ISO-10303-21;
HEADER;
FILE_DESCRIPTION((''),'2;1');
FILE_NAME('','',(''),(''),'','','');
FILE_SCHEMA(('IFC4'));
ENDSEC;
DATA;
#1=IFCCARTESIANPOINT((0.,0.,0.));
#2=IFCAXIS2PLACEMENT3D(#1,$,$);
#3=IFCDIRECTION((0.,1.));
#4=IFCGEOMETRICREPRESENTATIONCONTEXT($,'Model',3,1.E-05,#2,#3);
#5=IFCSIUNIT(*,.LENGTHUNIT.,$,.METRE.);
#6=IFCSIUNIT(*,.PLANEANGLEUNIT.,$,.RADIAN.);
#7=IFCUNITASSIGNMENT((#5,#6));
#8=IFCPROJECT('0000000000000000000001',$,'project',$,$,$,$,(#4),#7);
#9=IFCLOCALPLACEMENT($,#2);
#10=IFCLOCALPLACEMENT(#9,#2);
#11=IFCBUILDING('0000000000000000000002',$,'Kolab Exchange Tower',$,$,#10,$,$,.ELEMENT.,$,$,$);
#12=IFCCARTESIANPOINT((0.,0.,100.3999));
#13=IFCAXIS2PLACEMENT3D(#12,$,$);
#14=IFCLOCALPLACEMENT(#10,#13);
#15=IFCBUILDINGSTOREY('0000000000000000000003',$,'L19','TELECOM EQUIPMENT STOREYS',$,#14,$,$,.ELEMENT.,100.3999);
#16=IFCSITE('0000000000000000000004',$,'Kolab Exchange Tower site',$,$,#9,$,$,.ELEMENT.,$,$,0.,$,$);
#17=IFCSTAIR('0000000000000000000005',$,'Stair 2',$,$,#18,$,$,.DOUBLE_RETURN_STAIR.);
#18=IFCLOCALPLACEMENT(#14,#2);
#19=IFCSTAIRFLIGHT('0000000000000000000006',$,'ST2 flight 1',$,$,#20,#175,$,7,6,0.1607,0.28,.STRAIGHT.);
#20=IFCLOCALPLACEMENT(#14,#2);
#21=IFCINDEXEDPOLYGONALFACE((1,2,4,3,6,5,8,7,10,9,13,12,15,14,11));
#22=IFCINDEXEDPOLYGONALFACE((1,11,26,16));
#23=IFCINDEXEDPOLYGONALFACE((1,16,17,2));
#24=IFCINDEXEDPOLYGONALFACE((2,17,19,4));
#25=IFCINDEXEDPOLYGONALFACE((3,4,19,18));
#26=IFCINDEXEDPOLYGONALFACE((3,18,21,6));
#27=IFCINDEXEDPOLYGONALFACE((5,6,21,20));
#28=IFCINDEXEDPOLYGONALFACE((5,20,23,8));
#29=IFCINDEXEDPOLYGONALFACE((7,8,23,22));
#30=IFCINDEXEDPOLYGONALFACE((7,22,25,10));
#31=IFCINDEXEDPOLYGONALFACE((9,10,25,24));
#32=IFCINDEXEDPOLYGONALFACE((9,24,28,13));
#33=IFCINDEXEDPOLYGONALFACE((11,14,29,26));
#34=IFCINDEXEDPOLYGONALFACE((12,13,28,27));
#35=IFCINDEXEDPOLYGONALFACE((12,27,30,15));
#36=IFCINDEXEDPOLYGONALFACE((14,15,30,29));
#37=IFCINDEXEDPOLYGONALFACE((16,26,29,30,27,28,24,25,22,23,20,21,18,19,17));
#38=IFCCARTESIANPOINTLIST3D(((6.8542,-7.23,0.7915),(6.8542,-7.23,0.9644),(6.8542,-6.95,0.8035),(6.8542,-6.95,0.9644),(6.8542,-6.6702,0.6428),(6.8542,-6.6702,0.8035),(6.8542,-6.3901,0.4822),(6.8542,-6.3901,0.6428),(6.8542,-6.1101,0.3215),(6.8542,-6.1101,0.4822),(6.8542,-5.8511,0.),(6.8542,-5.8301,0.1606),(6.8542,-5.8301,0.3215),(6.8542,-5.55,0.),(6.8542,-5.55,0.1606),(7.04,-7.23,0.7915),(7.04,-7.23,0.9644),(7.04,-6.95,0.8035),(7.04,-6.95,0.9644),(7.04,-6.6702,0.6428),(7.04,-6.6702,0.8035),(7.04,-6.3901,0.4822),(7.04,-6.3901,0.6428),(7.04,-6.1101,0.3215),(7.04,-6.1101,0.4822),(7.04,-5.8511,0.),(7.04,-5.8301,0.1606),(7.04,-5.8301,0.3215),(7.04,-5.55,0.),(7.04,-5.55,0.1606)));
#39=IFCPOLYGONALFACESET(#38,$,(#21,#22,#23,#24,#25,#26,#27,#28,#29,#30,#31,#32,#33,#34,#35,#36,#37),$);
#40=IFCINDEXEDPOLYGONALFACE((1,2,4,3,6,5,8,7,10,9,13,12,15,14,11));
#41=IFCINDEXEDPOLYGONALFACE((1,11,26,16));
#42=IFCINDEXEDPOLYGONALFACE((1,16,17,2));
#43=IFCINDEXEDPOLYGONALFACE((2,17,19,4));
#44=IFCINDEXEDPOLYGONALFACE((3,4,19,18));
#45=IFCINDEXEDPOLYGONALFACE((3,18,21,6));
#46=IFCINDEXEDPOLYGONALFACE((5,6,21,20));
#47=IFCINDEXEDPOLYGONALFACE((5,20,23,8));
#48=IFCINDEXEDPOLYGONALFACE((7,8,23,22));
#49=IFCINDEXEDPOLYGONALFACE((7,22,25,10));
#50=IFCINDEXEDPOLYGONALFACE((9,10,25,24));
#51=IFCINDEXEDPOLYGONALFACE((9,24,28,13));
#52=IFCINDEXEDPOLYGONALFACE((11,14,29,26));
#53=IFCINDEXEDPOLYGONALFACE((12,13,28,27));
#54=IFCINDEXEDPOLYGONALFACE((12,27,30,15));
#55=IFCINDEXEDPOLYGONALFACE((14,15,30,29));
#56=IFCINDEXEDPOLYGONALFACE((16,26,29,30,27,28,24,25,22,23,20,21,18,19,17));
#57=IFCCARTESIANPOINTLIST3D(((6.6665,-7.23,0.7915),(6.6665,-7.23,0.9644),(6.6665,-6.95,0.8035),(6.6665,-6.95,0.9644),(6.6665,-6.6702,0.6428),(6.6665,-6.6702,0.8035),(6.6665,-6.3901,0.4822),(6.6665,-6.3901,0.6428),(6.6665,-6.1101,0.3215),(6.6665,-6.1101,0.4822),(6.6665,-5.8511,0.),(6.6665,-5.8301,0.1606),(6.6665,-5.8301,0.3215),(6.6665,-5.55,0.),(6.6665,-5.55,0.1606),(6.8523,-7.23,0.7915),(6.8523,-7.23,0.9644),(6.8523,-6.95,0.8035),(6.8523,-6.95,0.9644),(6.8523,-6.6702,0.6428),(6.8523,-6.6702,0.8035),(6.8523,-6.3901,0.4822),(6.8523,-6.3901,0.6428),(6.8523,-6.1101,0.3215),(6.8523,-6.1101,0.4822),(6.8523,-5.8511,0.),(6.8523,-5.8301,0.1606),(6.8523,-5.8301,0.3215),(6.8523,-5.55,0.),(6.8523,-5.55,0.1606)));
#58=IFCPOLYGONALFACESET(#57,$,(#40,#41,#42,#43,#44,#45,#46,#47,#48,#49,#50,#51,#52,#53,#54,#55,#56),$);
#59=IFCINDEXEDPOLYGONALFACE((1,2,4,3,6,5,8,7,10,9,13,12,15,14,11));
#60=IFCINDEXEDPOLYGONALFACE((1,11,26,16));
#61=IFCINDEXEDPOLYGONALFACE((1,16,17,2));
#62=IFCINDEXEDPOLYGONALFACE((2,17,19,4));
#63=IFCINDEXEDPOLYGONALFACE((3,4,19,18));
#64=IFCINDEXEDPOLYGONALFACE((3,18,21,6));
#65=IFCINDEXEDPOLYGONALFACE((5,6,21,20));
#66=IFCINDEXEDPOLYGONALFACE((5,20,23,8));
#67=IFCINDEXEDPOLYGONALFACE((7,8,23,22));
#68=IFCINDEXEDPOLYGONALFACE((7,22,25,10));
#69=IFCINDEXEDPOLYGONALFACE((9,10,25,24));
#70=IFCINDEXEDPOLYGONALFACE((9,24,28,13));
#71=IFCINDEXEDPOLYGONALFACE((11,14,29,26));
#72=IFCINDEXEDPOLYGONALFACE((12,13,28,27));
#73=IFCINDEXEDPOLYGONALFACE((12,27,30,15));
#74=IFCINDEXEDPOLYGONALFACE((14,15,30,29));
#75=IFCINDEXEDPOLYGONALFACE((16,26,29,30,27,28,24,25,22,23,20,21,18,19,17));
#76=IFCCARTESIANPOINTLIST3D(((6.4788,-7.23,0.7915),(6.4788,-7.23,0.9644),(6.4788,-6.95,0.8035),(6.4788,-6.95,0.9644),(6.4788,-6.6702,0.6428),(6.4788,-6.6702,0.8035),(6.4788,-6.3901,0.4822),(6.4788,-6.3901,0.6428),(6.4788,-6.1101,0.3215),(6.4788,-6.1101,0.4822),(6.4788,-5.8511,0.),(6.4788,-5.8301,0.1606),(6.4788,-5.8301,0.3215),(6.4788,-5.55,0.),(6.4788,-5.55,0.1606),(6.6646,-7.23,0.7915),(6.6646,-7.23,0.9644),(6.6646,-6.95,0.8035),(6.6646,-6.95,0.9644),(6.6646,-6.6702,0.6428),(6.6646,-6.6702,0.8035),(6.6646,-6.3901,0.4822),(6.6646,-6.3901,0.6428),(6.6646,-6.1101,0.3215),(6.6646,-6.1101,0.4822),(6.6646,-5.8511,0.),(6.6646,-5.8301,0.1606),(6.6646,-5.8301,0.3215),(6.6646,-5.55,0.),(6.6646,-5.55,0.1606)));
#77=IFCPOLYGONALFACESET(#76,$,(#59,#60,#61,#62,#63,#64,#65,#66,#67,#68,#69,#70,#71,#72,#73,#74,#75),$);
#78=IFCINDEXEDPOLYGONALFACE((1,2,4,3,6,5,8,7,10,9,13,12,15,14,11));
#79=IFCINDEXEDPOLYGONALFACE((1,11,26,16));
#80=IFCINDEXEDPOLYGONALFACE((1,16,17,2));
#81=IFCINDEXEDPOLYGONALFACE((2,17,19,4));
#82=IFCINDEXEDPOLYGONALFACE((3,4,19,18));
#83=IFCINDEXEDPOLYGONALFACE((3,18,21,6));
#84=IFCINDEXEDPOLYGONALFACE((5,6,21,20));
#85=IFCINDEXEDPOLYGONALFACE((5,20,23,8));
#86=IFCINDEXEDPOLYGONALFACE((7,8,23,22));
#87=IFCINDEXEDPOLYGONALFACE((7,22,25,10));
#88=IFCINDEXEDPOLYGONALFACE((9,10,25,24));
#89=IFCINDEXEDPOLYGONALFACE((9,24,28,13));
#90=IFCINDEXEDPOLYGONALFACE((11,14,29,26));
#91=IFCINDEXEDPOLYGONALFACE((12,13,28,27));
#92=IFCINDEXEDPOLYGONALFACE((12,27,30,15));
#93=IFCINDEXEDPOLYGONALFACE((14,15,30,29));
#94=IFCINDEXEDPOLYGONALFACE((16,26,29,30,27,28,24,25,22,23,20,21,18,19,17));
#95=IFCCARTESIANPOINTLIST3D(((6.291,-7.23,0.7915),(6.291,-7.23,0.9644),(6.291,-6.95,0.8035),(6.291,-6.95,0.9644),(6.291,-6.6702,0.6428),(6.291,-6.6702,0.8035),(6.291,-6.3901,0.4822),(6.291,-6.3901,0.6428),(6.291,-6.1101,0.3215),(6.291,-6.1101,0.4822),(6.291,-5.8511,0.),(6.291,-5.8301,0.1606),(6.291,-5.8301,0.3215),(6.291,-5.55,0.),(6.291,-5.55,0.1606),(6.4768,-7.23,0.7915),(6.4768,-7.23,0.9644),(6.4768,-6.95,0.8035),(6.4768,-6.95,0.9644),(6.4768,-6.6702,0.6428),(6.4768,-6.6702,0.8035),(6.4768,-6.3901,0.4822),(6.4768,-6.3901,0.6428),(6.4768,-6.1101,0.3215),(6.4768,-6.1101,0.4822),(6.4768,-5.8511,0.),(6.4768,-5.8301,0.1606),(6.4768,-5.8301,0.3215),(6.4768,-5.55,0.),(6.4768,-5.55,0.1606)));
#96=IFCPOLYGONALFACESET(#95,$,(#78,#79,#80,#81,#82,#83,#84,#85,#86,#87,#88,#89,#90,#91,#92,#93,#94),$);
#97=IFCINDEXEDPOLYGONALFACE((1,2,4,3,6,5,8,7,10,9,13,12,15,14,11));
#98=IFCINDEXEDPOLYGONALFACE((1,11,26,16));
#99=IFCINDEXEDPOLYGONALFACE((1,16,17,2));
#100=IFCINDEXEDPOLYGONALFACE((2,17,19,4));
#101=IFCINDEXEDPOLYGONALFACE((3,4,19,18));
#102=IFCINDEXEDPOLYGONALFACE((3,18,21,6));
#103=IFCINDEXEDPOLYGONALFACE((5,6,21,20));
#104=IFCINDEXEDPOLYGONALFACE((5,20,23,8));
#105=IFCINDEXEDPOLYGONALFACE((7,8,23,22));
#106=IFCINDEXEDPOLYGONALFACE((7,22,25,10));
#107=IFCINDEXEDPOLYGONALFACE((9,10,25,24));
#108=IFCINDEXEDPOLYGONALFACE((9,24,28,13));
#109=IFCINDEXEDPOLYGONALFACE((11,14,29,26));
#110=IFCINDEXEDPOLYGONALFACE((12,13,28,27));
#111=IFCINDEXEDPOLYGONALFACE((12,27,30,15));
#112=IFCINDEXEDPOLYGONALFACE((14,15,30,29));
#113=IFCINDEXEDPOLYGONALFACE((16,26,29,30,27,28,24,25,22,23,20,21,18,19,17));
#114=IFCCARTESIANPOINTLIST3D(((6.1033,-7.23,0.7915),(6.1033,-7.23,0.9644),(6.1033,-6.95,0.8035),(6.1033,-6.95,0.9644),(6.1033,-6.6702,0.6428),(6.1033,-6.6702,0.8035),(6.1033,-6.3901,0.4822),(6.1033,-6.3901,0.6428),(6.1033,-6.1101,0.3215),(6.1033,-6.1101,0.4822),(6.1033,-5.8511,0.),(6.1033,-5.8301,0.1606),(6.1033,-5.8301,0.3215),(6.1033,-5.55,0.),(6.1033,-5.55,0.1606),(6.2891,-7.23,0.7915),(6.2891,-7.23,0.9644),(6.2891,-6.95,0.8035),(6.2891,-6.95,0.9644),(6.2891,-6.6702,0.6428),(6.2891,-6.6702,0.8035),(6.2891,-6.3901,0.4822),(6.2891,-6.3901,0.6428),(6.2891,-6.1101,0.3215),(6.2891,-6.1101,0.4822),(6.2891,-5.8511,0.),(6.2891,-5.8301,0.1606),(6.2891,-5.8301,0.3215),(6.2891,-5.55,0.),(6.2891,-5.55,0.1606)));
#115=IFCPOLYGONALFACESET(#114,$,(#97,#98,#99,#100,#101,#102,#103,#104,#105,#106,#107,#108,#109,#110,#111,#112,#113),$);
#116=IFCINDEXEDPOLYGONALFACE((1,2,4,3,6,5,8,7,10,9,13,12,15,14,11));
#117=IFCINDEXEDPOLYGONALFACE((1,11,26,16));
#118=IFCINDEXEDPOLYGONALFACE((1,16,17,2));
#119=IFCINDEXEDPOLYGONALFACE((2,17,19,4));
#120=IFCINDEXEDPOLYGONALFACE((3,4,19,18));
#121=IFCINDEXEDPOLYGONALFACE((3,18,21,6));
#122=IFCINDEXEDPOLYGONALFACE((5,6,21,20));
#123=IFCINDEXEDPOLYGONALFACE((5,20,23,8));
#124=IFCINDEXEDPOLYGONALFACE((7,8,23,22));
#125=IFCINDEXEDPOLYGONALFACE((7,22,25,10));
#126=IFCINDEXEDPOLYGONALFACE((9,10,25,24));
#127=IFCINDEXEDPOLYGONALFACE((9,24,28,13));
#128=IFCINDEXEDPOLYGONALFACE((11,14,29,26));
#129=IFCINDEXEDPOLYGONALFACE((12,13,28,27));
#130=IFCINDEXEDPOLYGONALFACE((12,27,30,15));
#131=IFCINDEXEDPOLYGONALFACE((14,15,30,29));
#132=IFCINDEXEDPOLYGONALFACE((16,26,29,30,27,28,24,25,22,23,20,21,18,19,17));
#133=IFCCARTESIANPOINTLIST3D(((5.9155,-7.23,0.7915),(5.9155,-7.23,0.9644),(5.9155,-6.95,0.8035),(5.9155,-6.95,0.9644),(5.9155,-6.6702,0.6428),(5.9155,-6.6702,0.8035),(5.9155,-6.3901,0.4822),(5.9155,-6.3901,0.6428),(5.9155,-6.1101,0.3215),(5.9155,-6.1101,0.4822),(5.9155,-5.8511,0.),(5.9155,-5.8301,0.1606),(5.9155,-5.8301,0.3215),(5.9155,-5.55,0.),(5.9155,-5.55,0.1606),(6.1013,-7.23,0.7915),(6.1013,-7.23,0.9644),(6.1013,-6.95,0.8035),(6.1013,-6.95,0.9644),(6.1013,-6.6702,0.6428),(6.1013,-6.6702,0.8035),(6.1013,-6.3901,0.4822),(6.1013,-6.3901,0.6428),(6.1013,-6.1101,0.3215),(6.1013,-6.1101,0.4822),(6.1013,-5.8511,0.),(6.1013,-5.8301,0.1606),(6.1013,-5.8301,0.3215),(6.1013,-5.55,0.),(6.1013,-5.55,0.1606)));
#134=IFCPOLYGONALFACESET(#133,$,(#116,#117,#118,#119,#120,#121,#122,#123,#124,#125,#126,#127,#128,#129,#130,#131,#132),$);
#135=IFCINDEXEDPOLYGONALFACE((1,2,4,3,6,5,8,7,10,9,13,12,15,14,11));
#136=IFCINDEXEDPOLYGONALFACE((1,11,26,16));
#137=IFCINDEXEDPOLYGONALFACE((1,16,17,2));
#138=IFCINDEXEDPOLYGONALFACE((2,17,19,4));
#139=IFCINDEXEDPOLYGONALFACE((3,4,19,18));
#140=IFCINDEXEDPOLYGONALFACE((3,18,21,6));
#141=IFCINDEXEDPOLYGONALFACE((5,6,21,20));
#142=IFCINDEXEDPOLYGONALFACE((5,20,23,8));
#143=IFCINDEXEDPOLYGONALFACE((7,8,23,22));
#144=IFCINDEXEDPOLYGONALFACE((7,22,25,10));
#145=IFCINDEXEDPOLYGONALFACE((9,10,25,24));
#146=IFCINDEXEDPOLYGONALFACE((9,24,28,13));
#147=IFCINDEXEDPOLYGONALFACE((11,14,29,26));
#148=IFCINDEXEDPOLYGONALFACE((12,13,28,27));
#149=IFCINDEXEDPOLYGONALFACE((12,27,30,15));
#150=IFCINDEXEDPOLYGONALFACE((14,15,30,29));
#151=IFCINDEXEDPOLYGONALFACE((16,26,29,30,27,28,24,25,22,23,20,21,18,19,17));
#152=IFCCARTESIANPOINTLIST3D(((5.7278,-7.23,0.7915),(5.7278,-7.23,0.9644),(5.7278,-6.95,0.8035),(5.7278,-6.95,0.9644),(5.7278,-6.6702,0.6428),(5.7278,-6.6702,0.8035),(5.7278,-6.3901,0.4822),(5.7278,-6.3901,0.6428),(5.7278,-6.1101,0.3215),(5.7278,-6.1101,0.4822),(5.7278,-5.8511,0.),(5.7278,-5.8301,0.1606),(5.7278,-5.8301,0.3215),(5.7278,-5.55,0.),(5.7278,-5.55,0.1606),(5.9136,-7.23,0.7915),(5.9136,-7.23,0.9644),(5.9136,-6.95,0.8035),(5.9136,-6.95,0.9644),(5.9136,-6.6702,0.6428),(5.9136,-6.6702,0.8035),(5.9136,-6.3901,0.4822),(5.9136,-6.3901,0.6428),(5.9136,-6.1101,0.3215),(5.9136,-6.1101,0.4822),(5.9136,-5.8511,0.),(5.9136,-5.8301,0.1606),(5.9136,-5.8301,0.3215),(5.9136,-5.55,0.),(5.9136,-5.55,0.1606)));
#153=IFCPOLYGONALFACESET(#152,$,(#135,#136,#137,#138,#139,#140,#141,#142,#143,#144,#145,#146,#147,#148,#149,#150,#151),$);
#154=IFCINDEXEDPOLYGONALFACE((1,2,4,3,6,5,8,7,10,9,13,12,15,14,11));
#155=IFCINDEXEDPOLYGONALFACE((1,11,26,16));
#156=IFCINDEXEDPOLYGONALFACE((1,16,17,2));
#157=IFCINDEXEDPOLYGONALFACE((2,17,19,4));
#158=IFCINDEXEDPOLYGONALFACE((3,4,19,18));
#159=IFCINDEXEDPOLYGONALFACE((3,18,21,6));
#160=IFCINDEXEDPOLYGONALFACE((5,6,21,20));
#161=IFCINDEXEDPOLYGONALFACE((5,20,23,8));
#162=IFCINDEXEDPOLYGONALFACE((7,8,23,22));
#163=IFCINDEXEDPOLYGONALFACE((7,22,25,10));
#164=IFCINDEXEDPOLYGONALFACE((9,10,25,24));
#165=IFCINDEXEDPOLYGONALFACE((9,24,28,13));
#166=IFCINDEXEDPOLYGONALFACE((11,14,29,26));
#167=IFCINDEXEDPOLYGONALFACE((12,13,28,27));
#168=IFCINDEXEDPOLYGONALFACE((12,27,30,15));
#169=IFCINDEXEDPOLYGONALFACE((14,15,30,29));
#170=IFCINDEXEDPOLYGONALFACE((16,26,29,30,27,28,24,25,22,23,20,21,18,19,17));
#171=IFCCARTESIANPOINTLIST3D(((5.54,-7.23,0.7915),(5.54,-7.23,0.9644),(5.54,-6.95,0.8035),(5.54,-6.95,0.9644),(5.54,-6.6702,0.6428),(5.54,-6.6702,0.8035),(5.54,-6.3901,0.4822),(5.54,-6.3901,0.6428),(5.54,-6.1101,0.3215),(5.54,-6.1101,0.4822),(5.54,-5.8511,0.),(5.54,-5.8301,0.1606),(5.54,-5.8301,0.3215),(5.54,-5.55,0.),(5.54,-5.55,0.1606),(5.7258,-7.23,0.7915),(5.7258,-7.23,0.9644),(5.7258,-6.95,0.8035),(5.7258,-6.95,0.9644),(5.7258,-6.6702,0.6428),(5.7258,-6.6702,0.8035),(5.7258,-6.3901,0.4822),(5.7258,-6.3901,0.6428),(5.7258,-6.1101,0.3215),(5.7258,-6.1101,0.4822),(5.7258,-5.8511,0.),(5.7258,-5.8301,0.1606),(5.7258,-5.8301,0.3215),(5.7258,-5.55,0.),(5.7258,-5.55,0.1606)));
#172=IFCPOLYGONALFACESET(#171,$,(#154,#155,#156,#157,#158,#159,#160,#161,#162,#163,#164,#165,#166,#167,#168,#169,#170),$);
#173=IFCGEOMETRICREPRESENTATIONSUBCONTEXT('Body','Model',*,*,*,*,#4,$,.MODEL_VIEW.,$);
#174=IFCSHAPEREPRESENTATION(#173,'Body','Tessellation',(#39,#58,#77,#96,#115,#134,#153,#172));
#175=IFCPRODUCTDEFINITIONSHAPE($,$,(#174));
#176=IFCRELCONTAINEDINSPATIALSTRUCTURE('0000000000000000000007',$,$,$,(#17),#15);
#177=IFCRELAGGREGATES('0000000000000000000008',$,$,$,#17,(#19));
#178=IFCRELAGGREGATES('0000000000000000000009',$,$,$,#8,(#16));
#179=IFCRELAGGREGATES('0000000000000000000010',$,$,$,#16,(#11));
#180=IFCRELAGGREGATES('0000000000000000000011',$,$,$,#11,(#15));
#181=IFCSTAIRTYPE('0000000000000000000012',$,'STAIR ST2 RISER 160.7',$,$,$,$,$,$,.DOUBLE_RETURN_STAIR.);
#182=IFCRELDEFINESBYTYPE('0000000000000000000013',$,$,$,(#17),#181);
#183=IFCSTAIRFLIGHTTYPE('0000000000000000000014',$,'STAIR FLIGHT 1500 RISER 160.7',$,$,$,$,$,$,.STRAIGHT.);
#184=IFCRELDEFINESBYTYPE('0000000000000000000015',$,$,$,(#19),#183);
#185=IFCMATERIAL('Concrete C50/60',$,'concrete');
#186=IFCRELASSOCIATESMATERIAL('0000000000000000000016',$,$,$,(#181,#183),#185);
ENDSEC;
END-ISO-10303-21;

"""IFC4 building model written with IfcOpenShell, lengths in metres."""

from ifc_helpers import new_model, si_unit, direction, frame, origin, place, context, subcontext, project, spatial, polyline, outline, extrude, material, type_object, element, aggregate, save


model = new_model("IFC4")

# Units and contexts
model_context = context("Model", 3, precision=1e-05, world=origin(), true_north=direction((0.0, 1.0)))
body_context = subcontext(model_context, "Body", "Model", "MODEL_VIEW")
ifc_project = project(units=[si_unit("LENGTHUNIT", "METRE"), si_unit("PLANEANGLEUNIT", "RADIAN")], contexts=[model_context])

# Site, building, storey
site_placement = place(None, origin())
site = spatial("IfcSite", under=ifc_project, at=site_placement, Name="Kolab Exchange Tower site", CompositionType="ELEMENT", RefElevation=0.0)
building_placement = place(site_placement, origin())
building = spatial("IfcBuilding", under=site, at=building_placement, Name="Kolab Exchange Tower", CompositionType="ELEMENT")
storey_placement = place(building_placement, frame((0.0, 0.0, 100.3999)))
storey = spatial("IfcBuildingStorey", under=building, at=storey_placement, Name="L19", Description="TELECOM EQUIPMENT STOREYS", CompositionType="ELEMENT", Elevation=100.3999)

# Shared definitions
ifc_material_1 = material(Name="Concrete C50/60", Category="concrete")

# Stair, stair flight
stair_type = type_object("IfcStairType", Name="STAIR ST2 RISER 160.7", PredefinedType="DOUBLE_RETURN_STAIR", material=ifc_material_1)
stair_placement = place(storey_placement, origin())
stair = element("IfcStair", 1, at=stair_placement, inside=storey, type_object=stair_type, Name="Stair 2", PredefinedType="DOUBLE_RETURN_STAIR")
stair_flight_type = type_object("IfcStairFlightType", Name="STAIR FLIGHT 1500 RISER 160.7", PredefinedType="STRAIGHT", material=ifc_material_1)
stair_flight_1_placement = place(storey_placement, frame((6.29, -5.55, 0.0), z_axis=(0.0, 0.0, 1.0), x_axis=(0.0, -1.0, 0.0)))
stair_flight_1 = element("IfcStairFlight", 2, at=stair_flight_1_placement, type_object=stair_flight_type, Name="ST2 flight 1", NumberOfRisers=7, NumberOfTreads=6, PredefinedType="STRAIGHT", RiserHeight=0.1607, TreadLength=0.28, context=body_context, shape_type="SweptSolid", body=[
    extrude(outline(polyline([(0.0, 0.0), (0.0, 0.1606), (0.28, 0.1606), (0.28, 0.3215), (0.5601, 0.3215), (0.5601, 0.4822), (0.8401, 0.4822), (0.8401, 0.6428), (1.1201, 0.6428), (1.1201, 0.8035), (1.3999, 0.8035), (1.3999, 0.9644), (1.6799, 0.9644), (1.6799, 1.125), (1.6799, 0.7915), (0.301, 0.0), (0.0, 0.0)])), frame((0.0, 0.75, 0.0), z_axis=(0.0, -1.0, 0.0), x_axis=(1.0, 0.0, 0.0)), (0.0, 0.0, 1.0), 0.1858),
    extrude(outline(polyline([(0.0, 0.0), (0.0, 0.1606), (0.28, 0.1606), (0.28, 0.3215), (0.5601, 0.3215), (0.5601, 0.4822), (0.8401, 0.4822), (0.8401, 0.6428), (1.1201, 0.6428), (1.1201, 0.8035), (1.3999, 0.8035), (1.3999, 0.9644), (1.6799, 0.9644), (1.6799, 1.125), (1.6799, 0.7915), (0.301, 0.0), (0.0, 0.0)])), frame((0.0, 0.5623, 0.0), z_axis=(0.0, -1.0, 0.0), x_axis=(1.0, 0.0, 0.0)), (0.0, 0.0, 1.0), 0.1858),
    extrude(outline(polyline([(0.0, 0.0), (0.0, 0.1606), (0.28, 0.1606), (0.28, 0.3215), (0.5601, 0.3215), (0.5601, 0.4822), (0.8401, 0.4822), (0.8401, 0.6428), (1.1201, 0.6428), (1.1201, 0.8035), (1.3999, 0.8035), (1.3999, 0.9644), (1.6799, 0.9644), (1.6799, 1.125), (1.6799, 0.7915), (0.301, 0.0), (0.0, 0.0)])), frame((0.0, 0.3745, 0.0), z_axis=(0.0, -1.0, 0.0), x_axis=(1.0, 0.0, 0.0)), (0.0, 0.0, 1.0), 0.1858),
    extrude(outline(polyline([(0.0, 0.0), (0.0, 0.1606), (0.28, 0.1606), (0.28, 0.3215), (0.5601, 0.3215), (0.5601, 0.4822), (0.8401, 0.4822), (0.8401, 0.6428), (1.1201, 0.6428), (1.1201, 0.8035), (1.3999, 0.8035), (1.3999, 0.9644), (1.6799, 0.9644), (1.6799, 1.125), (1.6799, 0.7915), (0.301, 0.0), (0.0, 0.0)])), frame((0.0, 0.1868, 0.0), z_axis=(0.0, -1.0, 0.0), x_axis=(1.0, 0.0, 0.0)), (0.0, 0.0, 1.0), 0.1858),
    extrude(outline(polyline([(0.0, 0.0), (0.0, 0.1606), (0.28, 0.1606), (0.28, 0.3215), (0.5601, 0.3215), (0.5601, 0.4822), (0.8401, 0.4822), (0.8401, 0.6428), (1.1201, 0.6428), (1.1201, 0.8035), (1.3999, 0.8035), (1.3999, 0.9644), (1.6799, 0.9644), (1.6799, 1.125), (1.6799, 0.7915), (0.301, 0.0), (0.0, 0.0)])), frame((0.0, -0.001, 0.0), z_axis=(0.0, -1.0, 0.0), x_axis=(1.0, 0.0, 0.0)), (0.0, 0.0, 1.0), 0.1858),
    extrude(outline(polyline([(0.0, 0.0), (0.0, 0.1606), (0.28, 0.1606), (0.28, 0.3215), (0.5601, 0.3215), (0.5601, 0.4822), (0.8401, 0.4822), (0.8401, 0.6428), (1.1201, 0.6428), (1.1201, 0.8035), (1.3999, 0.8035), (1.3999, 0.9644), (1.6799, 0.9644), (1.6799, 1.125), (1.6799, 0.7915), (0.301, 0.0), (0.0, 0.0)])), frame((0.0, -0.1887, 0.0), z_axis=(0.0, -1.0, 0.0), x_axis=(1.0, 0.0, 0.0)), (0.0, 0.0, 1.0), 0.1858),
    extrude(outline(polyline([(0.0, 0.0), (0.0, 0.1606), (0.28, 0.1606), (0.28, 0.3215), (0.5601, 0.3215), (0.5601, 0.4822), (0.8401, 0.4822), (0.8401, 0.6428), (1.1201, 0.6428), (1.1201, 0.8035), (1.3999, 0.8035), (1.3999, 0.9644), (1.6799, 0.9644), (1.6799, 1.125), (1.6799, 0.7915), (0.301, 0.0), (0.0, 0.0)])), frame((0.0, -0.3765, 0.0), z_axis=(0.0, -1.0, 0.0), x_axis=(1.0, 0.0, 0.0)), (0.0, 0.0, 1.0), 0.1858),
    extrude(outline(polyline([(0.0, 0.0), (0.0, 0.1606), (0.28, 0.1606), (0.28, 0.3215), (0.5601, 0.3215), (0.5601, 0.4822), (0.8401, 0.4822), (0.8401, 0.6428), (1.1201, 0.6428), (1.1201, 0.8035), (1.3999, 0.8035), (1.3999, 0.9644), (1.6799, 0.9644), (1.6799, 1.125), (1.6799, 0.7915), (0.301, 0.0), (0.0, 0.0)])), frame((0.0, -0.5642, 0.0), z_axis=(0.0, -1.0, 0.0), x_axis=(1.0, 0.0, 0.0)), (0.0, 0.0, 1.0), 0.1858),
])
aggregate(stair, [stair_flight_1])

save(model, "model.ifc")
